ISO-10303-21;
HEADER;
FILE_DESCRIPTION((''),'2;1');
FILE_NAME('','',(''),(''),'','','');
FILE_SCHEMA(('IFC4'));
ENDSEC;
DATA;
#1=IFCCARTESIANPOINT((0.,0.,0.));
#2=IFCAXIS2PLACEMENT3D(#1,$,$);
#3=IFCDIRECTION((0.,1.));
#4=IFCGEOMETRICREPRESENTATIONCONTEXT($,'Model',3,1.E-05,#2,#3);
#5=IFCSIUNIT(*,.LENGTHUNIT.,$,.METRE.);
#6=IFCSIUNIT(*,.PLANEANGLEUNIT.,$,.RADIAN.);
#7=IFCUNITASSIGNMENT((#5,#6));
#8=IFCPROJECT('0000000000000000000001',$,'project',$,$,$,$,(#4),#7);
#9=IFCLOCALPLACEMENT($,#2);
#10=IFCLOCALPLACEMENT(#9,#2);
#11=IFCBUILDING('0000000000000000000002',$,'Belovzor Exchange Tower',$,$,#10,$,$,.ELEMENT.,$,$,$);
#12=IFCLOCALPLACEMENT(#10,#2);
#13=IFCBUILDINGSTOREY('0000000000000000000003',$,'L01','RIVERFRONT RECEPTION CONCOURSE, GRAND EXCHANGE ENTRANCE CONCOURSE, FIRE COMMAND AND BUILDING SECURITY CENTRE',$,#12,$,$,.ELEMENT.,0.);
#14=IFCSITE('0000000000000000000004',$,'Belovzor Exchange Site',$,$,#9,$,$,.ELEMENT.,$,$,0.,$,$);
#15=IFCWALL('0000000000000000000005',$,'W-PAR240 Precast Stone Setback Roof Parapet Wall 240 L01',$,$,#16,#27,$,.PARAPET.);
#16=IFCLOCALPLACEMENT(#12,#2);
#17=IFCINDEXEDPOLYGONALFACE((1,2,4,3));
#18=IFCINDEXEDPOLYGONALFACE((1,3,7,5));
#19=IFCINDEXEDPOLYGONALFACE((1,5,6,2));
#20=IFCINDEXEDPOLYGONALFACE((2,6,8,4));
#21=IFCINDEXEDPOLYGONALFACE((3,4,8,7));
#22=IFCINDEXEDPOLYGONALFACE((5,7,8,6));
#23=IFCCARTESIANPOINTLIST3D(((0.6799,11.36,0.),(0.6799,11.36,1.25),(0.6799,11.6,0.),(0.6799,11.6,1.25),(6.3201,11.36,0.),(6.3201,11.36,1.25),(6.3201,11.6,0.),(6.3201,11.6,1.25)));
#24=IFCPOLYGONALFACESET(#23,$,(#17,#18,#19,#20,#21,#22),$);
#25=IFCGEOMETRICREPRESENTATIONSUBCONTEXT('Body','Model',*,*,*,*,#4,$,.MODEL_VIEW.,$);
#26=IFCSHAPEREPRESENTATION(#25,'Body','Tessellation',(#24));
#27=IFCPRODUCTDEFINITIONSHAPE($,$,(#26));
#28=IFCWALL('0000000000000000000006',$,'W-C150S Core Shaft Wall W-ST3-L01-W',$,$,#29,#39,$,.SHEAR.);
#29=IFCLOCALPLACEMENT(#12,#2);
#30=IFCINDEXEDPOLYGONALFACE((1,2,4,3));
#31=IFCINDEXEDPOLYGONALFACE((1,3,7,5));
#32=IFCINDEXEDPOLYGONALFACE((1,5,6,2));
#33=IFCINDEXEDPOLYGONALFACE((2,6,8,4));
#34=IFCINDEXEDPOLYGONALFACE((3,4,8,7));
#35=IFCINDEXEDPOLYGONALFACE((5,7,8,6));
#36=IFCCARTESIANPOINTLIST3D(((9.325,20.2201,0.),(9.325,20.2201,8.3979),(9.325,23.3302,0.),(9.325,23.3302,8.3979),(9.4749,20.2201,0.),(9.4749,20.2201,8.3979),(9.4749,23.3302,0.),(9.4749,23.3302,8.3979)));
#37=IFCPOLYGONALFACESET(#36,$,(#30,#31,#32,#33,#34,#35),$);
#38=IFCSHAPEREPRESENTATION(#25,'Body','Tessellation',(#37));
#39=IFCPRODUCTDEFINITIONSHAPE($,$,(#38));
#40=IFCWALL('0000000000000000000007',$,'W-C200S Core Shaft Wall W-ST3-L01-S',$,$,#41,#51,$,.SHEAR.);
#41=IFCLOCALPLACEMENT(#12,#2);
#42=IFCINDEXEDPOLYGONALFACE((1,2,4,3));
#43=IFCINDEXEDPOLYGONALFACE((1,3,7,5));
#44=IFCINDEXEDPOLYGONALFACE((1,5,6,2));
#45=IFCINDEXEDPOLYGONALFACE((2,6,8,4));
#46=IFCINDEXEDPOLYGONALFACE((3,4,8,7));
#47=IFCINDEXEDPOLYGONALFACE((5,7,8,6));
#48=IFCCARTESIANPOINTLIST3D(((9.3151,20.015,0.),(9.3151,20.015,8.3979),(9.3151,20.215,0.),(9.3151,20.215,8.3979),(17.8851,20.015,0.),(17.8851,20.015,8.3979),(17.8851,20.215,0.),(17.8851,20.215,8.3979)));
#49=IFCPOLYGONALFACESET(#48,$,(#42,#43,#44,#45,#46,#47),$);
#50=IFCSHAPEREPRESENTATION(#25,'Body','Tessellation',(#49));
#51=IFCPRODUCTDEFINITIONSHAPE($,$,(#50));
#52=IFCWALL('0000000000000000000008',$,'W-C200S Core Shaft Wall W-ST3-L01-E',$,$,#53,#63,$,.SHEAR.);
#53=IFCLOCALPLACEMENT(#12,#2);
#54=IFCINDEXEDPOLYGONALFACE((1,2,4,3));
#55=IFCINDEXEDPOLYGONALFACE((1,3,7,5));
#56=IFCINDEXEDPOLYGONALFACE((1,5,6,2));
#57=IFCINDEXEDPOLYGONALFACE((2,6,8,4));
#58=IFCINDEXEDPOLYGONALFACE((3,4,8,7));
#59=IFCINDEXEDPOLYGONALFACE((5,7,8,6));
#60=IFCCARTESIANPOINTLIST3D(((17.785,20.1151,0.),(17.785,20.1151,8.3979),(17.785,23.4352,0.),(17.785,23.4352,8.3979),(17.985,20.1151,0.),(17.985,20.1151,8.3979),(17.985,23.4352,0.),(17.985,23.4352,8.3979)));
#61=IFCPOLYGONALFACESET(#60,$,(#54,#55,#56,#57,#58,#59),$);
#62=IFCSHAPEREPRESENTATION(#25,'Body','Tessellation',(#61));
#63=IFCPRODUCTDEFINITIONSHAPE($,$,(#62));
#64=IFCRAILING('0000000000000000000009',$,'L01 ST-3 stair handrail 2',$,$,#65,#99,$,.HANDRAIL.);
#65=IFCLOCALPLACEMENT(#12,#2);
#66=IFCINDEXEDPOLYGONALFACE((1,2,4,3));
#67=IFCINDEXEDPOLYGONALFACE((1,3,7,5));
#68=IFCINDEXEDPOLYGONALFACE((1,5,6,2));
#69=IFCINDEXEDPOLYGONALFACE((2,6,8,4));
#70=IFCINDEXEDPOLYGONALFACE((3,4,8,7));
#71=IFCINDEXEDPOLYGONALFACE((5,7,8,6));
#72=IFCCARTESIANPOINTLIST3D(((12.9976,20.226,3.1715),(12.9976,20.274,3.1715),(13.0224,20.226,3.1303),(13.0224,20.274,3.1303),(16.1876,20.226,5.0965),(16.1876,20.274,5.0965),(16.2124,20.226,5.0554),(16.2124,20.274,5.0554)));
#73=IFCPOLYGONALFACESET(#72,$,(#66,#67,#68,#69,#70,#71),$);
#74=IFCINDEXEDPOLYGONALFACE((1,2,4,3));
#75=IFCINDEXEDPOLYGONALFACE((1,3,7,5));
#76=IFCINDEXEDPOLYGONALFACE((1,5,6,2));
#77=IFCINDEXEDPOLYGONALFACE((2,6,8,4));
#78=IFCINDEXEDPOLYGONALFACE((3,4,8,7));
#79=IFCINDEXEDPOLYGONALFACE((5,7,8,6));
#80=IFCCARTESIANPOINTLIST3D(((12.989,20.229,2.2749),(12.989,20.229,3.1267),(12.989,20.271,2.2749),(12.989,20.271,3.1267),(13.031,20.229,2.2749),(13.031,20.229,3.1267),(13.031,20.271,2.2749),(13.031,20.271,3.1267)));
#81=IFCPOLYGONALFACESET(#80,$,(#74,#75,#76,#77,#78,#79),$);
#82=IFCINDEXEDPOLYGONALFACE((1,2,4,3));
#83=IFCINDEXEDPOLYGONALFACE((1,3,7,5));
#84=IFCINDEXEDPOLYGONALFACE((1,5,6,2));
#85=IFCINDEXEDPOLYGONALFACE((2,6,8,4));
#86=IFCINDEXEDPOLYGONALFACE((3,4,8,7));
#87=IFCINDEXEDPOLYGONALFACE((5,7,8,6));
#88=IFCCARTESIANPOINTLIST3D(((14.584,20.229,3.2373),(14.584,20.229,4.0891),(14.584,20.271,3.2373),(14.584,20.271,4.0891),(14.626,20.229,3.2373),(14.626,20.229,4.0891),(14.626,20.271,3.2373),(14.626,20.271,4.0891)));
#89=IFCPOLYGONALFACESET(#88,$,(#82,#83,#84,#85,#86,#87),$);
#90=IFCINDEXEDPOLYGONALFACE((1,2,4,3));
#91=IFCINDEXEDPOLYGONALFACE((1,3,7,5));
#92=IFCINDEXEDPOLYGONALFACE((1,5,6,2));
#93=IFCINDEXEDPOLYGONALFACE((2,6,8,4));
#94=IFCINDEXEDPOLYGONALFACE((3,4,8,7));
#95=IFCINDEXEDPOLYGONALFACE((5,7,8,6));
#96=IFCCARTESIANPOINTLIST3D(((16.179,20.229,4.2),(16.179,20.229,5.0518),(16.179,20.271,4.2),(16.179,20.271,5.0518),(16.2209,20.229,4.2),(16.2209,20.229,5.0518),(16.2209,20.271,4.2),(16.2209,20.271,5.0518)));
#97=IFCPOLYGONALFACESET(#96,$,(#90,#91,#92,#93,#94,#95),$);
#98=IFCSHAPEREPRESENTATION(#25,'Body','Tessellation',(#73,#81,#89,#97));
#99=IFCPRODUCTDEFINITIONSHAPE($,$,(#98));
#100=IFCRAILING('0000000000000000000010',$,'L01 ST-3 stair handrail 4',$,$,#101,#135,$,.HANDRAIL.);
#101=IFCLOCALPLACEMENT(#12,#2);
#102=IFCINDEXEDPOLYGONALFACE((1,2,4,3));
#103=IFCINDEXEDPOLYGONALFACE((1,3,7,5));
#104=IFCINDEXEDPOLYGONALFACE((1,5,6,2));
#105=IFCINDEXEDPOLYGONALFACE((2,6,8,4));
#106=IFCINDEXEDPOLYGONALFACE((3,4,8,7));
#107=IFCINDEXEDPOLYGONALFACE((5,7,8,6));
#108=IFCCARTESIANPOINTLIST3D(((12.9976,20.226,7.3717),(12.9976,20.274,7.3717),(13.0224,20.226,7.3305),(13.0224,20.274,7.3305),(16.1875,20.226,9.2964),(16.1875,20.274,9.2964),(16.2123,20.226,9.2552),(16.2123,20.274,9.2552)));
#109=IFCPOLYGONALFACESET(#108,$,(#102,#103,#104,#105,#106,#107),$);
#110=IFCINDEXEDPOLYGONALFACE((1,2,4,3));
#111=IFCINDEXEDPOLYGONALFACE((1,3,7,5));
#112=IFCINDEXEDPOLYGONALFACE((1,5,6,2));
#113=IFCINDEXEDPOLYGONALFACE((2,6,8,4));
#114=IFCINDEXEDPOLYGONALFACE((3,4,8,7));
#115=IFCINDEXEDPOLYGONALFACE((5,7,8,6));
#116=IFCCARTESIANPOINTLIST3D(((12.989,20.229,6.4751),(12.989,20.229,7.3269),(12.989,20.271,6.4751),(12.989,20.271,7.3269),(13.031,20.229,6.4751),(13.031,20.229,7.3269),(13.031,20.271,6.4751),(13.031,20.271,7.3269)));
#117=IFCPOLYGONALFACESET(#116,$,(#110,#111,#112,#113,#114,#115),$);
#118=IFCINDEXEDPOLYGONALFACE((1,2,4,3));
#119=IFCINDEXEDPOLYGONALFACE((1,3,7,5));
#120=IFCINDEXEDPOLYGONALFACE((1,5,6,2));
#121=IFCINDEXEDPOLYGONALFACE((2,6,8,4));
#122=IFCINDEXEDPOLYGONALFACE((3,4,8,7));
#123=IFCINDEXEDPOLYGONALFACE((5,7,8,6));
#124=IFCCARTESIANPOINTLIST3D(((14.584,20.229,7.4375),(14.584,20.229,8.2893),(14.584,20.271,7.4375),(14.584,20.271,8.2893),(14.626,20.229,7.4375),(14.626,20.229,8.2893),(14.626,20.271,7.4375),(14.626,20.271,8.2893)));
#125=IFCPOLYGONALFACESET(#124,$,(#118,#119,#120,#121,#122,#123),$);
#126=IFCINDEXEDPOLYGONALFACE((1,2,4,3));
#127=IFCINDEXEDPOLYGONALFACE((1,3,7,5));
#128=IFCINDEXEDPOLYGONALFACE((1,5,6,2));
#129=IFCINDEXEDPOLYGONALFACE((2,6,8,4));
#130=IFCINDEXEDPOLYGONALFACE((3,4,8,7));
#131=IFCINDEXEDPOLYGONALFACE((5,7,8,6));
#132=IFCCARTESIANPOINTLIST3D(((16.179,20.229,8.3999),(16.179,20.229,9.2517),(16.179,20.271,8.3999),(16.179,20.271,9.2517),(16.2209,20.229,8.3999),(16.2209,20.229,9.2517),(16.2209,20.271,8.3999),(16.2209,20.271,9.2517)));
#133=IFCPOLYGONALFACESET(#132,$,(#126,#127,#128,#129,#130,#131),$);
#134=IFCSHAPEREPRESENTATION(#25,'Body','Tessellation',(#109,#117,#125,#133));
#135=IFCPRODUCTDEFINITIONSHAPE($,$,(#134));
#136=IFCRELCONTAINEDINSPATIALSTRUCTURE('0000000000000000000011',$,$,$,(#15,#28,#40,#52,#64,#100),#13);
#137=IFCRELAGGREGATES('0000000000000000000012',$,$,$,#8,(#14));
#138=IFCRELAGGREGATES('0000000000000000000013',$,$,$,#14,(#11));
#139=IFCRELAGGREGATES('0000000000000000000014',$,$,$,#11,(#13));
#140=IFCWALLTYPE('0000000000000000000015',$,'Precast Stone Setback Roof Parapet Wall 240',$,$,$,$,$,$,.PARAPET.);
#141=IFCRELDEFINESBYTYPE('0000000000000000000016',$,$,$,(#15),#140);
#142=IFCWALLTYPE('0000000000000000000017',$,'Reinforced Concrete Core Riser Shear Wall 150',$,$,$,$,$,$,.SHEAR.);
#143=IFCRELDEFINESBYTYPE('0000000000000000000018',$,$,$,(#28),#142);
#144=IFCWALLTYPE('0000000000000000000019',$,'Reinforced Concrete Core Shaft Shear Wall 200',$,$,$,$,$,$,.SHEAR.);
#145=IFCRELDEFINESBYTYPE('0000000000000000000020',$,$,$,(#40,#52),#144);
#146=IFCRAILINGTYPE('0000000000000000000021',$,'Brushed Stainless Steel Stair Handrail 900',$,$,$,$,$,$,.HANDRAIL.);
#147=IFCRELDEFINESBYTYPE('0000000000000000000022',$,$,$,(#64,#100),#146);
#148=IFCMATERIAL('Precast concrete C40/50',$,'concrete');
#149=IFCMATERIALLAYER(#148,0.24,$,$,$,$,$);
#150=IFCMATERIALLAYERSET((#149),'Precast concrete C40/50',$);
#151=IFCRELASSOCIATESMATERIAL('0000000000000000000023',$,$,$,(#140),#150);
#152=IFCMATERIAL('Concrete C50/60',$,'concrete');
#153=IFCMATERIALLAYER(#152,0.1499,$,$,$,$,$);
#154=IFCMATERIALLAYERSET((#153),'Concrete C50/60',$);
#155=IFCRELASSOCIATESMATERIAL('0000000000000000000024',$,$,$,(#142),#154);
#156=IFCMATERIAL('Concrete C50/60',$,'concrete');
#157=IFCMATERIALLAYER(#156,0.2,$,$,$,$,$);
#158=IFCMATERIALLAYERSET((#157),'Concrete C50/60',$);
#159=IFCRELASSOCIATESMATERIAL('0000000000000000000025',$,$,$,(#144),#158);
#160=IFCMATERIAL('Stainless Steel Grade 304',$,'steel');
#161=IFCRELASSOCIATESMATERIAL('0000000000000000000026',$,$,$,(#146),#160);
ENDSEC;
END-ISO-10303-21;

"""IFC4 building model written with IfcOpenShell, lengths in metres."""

from ifc_helpers import new_model, si_unit, direction, frame, frame_2d, origin, origin_2d, place, context, subcontext, project, spatial, rectangle, extrude, material, layer, layer_set, type_object, element, save


model = new_model("IFC4")

# Units and contexts
model_context = context("Model", 3, precision=1e-05, world=origin(), true_north=direction((0.0, 1.0)))
body_context = subcontext(model_context, "Body", "Model", "MODEL_VIEW")
ifc_project = project(units=[si_unit("LENGTHUNIT", "METRE"), si_unit("PLANEANGLEUNIT", "RADIAN")], contexts=[model_context])

# Site, building, storey
site_placement = place(None, origin())
site = spatial("IfcSite", under=ifc_project, at=site_placement, Name="Belovzor Exchange Site", CompositionType="ELEMENT", RefElevation=0.0)
building_placement = place(site_placement, origin())
building = spatial("IfcBuilding", under=site, at=building_placement, Name="Belovzor Exchange Tower", CompositionType="ELEMENT")
storey_placement = place(building_placement, origin())
storey = spatial("IfcBuildingStorey", under=building, at=storey_placement, Name="L01", Description="RIVERFRONT RECEPTION CONCOURSE, GRAND EXCHANGE ENTRANCE CONCOURSE, FIRE COMMAND AND BUILDING SECURITY CENTRE", CompositionType="ELEMENT", Elevation=0.0)

# Walls
ifc_material_1 = material(Name="Precast concrete C40/50", Category="concrete")
ifc_layer_1 = layer(ifc_material_1, 0.24)
ifc_layer_set_1 = layer_set([ifc_layer_1], Name="Precast concrete C40/50")
wall_type_1 = type_object("IfcWallType", Name="Precast Stone Setback Roof Parapet Wall 240", PredefinedType="PARAPET", material=ifc_layer_set_1)
wall_1_placement = place(storey_placement, frame((6.3201, 11.48, 0.0), z_axis=(0.0, 0.0, 1.0), x_axis=(-1.0, 0.0, 0.0)))
element("IfcWall", 1, at=wall_1_placement, inside=storey, type_object=wall_type_1, Name="W-PAR240 Precast Stone Setback Roof Parapet Wall 240 L01", PredefinedType="PARAPET", context=body_context, shape_type="SweptSolid", body=[
    extrude(rectangle(XDim=5.6401, YDim=0.24, at=frame_2d((2.8201, 0.0))), origin(), (0.0, 0.0, 1.0), 1.25),
])
ifc_material_2 = material(Name="Concrete C50/60", Category="concrete")
ifc_layer_2 = layer(ifc_material_2, 0.1499)
ifc_layer_set_2 = layer_set([ifc_layer_2], Name="Concrete C50/60")
wall_type_2 = type_object("IfcWallType", Name="Reinforced Concrete Core Riser Shear Wall 150", PredefinedType="SHEAR", material=ifc_layer_set_2)
wall_2_placement = place(storey_placement, frame((9.3999, 20.22, 0.0), z_axis=(0.0, 0.0, 1.0), x_axis=(0.0, 1.0, 0.0)))
element("IfcWall", 2, at=wall_2_placement, inside=storey, type_object=wall_type_2, Name="W-C150S Core Shaft Wall W-ST3-L01-W", PredefinedType="SHEAR", context=body_context, shape_type="SweptSolid", body=[
    extrude(rectangle(XDim=3.1101, YDim=0.1499, at=frame_2d((1.5552, 0.0))), origin(), (0.0, 0.0, 1.0), 8.3979),
])
ifc_material_3 = material(Name="Concrete C50/60", Category="concrete")
ifc_layer_3 = layer(ifc_material_3, 0.2)
ifc_layer_set_3 = layer_set([ifc_layer_3], Name="Concrete C50/60")
wall_type_3 = type_object("IfcWallType", Name="Reinforced Concrete Core Shaft Shear Wall 200", PredefinedType="SHEAR", material=ifc_layer_set_3)
wall_3_placement = place(storey_placement, frame((9.3149, 20.115, 0.0), z_axis=(0.0, 0.0, 1.0), x_axis=(1.0, 0.0, 0.0)))
element("IfcWall", 3, at=wall_3_placement, inside=storey, type_object=wall_type_3, Name="W-C200S Core Shaft Wall W-ST3-L01-S", PredefinedType="SHEAR", context=body_context, shape_type="SweptSolid", body=[
    extrude(rectangle(XDim=8.5701, YDim=0.2, at=frame_2d((4.2852, 0.0))), origin(), (0.0, 0.0, 1.0), 8.3979),
])
wall_4_placement = place(storey_placement, frame((17.885, 20.115, 0.0), z_axis=(0.0, 0.0, 1.0), x_axis=(0.0, 1.0, 0.0)))
element("IfcWall", 4, at=wall_4_placement, inside=storey, type_object=wall_type_3, Name="W-C200S Core Shaft Wall W-ST3-L01-E", PredefinedType="SHEAR", context=body_context, shape_type="SweptSolid", body=[
    extrude(rectangle(XDim=3.3201, YDim=0.2, at=frame_2d((1.6602, 0.0))), origin(), (0.0, 0.0, 1.0), 8.3979),
])

# Railings
ifc_material_4 = material(Name="Stainless Steel Grade 304", Category="steel")
railing_type = type_object("IfcRailingType", Name="Brushed Stainless Steel Stair Handrail 900", PredefinedType="HANDRAIL", material=ifc_material_4)
railing_1_placement = place(storey_placement, frame((13.01, 20.25, 2.2749)))
element("IfcRailing", 5, at=railing_1_placement, inside=storey, type_object=railing_type, Name="L01 ST-3 stair handrail 2", PredefinedType="HANDRAIL", context=body_context, shape_type="SweptSolid", body=[
    extrude(rectangle(XDim=0.0481, YDim=0.0481, at=origin_2d()), frame((0.0, 0.0, 0.876), z_axis=(0.856178, 0.0, 0.516682), x_axis=(0.0, 1.0, 0.0)), (0.0, 0.0, 1.0), 3.7258),
    extrude(rectangle(XDim=0.042, YDim=0.042, at=origin_2d()), origin(), (0.0, 0.0, 1.0), 0.8518),
    extrude(rectangle(XDim=0.042, YDim=0.042, at=origin_2d()), frame((1.595, 0.0, 0.9624)), (0.0, 0.0, 1.0), 0.8518),
    extrude(rectangle(XDim=0.042, YDim=0.042, at=origin_2d()), frame((3.1899, 0.0, 1.925)), (0.0, 0.0, 1.0), 0.8518),
])
railing_2_placement = place(storey_placement, frame((13.01, 20.25, 6.4751)))
element("IfcRailing", 6, at=railing_2_placement, inside=storey, type_object=railing_type, Name="L01 ST-3 stair handrail 4", PredefinedType="HANDRAIL", context=body_context, shape_type="SweptSolid", body=[
    extrude(rectangle(XDim=0.0481, YDim=0.0481, at=origin_2d()), frame((0.0, 0.0, 0.876), z_axis=(0.856207, 0.0, 0.516633), x_axis=(0.0, 1.0, 0.0)), (0.0, 0.0, 1.0), 3.7256),
    extrude(rectangle(XDim=0.042, YDim=0.042, at=origin_2d()), origin(), (0.0, 0.0, 1.0), 0.8518),
    extrude(rectangle(XDim=0.042, YDim=0.042, at=origin_2d()), frame((1.595, 0.0, 0.9624)), (0.0, 0.0, 1.0), 0.8518),
    extrude(rectangle(XDim=0.042, YDim=0.042, at=origin_2d()), frame((3.1899, 0.0, 1.9248)), (0.0, 0.0, 1.0), 0.8518),
])

save(model, "model.ifc")
